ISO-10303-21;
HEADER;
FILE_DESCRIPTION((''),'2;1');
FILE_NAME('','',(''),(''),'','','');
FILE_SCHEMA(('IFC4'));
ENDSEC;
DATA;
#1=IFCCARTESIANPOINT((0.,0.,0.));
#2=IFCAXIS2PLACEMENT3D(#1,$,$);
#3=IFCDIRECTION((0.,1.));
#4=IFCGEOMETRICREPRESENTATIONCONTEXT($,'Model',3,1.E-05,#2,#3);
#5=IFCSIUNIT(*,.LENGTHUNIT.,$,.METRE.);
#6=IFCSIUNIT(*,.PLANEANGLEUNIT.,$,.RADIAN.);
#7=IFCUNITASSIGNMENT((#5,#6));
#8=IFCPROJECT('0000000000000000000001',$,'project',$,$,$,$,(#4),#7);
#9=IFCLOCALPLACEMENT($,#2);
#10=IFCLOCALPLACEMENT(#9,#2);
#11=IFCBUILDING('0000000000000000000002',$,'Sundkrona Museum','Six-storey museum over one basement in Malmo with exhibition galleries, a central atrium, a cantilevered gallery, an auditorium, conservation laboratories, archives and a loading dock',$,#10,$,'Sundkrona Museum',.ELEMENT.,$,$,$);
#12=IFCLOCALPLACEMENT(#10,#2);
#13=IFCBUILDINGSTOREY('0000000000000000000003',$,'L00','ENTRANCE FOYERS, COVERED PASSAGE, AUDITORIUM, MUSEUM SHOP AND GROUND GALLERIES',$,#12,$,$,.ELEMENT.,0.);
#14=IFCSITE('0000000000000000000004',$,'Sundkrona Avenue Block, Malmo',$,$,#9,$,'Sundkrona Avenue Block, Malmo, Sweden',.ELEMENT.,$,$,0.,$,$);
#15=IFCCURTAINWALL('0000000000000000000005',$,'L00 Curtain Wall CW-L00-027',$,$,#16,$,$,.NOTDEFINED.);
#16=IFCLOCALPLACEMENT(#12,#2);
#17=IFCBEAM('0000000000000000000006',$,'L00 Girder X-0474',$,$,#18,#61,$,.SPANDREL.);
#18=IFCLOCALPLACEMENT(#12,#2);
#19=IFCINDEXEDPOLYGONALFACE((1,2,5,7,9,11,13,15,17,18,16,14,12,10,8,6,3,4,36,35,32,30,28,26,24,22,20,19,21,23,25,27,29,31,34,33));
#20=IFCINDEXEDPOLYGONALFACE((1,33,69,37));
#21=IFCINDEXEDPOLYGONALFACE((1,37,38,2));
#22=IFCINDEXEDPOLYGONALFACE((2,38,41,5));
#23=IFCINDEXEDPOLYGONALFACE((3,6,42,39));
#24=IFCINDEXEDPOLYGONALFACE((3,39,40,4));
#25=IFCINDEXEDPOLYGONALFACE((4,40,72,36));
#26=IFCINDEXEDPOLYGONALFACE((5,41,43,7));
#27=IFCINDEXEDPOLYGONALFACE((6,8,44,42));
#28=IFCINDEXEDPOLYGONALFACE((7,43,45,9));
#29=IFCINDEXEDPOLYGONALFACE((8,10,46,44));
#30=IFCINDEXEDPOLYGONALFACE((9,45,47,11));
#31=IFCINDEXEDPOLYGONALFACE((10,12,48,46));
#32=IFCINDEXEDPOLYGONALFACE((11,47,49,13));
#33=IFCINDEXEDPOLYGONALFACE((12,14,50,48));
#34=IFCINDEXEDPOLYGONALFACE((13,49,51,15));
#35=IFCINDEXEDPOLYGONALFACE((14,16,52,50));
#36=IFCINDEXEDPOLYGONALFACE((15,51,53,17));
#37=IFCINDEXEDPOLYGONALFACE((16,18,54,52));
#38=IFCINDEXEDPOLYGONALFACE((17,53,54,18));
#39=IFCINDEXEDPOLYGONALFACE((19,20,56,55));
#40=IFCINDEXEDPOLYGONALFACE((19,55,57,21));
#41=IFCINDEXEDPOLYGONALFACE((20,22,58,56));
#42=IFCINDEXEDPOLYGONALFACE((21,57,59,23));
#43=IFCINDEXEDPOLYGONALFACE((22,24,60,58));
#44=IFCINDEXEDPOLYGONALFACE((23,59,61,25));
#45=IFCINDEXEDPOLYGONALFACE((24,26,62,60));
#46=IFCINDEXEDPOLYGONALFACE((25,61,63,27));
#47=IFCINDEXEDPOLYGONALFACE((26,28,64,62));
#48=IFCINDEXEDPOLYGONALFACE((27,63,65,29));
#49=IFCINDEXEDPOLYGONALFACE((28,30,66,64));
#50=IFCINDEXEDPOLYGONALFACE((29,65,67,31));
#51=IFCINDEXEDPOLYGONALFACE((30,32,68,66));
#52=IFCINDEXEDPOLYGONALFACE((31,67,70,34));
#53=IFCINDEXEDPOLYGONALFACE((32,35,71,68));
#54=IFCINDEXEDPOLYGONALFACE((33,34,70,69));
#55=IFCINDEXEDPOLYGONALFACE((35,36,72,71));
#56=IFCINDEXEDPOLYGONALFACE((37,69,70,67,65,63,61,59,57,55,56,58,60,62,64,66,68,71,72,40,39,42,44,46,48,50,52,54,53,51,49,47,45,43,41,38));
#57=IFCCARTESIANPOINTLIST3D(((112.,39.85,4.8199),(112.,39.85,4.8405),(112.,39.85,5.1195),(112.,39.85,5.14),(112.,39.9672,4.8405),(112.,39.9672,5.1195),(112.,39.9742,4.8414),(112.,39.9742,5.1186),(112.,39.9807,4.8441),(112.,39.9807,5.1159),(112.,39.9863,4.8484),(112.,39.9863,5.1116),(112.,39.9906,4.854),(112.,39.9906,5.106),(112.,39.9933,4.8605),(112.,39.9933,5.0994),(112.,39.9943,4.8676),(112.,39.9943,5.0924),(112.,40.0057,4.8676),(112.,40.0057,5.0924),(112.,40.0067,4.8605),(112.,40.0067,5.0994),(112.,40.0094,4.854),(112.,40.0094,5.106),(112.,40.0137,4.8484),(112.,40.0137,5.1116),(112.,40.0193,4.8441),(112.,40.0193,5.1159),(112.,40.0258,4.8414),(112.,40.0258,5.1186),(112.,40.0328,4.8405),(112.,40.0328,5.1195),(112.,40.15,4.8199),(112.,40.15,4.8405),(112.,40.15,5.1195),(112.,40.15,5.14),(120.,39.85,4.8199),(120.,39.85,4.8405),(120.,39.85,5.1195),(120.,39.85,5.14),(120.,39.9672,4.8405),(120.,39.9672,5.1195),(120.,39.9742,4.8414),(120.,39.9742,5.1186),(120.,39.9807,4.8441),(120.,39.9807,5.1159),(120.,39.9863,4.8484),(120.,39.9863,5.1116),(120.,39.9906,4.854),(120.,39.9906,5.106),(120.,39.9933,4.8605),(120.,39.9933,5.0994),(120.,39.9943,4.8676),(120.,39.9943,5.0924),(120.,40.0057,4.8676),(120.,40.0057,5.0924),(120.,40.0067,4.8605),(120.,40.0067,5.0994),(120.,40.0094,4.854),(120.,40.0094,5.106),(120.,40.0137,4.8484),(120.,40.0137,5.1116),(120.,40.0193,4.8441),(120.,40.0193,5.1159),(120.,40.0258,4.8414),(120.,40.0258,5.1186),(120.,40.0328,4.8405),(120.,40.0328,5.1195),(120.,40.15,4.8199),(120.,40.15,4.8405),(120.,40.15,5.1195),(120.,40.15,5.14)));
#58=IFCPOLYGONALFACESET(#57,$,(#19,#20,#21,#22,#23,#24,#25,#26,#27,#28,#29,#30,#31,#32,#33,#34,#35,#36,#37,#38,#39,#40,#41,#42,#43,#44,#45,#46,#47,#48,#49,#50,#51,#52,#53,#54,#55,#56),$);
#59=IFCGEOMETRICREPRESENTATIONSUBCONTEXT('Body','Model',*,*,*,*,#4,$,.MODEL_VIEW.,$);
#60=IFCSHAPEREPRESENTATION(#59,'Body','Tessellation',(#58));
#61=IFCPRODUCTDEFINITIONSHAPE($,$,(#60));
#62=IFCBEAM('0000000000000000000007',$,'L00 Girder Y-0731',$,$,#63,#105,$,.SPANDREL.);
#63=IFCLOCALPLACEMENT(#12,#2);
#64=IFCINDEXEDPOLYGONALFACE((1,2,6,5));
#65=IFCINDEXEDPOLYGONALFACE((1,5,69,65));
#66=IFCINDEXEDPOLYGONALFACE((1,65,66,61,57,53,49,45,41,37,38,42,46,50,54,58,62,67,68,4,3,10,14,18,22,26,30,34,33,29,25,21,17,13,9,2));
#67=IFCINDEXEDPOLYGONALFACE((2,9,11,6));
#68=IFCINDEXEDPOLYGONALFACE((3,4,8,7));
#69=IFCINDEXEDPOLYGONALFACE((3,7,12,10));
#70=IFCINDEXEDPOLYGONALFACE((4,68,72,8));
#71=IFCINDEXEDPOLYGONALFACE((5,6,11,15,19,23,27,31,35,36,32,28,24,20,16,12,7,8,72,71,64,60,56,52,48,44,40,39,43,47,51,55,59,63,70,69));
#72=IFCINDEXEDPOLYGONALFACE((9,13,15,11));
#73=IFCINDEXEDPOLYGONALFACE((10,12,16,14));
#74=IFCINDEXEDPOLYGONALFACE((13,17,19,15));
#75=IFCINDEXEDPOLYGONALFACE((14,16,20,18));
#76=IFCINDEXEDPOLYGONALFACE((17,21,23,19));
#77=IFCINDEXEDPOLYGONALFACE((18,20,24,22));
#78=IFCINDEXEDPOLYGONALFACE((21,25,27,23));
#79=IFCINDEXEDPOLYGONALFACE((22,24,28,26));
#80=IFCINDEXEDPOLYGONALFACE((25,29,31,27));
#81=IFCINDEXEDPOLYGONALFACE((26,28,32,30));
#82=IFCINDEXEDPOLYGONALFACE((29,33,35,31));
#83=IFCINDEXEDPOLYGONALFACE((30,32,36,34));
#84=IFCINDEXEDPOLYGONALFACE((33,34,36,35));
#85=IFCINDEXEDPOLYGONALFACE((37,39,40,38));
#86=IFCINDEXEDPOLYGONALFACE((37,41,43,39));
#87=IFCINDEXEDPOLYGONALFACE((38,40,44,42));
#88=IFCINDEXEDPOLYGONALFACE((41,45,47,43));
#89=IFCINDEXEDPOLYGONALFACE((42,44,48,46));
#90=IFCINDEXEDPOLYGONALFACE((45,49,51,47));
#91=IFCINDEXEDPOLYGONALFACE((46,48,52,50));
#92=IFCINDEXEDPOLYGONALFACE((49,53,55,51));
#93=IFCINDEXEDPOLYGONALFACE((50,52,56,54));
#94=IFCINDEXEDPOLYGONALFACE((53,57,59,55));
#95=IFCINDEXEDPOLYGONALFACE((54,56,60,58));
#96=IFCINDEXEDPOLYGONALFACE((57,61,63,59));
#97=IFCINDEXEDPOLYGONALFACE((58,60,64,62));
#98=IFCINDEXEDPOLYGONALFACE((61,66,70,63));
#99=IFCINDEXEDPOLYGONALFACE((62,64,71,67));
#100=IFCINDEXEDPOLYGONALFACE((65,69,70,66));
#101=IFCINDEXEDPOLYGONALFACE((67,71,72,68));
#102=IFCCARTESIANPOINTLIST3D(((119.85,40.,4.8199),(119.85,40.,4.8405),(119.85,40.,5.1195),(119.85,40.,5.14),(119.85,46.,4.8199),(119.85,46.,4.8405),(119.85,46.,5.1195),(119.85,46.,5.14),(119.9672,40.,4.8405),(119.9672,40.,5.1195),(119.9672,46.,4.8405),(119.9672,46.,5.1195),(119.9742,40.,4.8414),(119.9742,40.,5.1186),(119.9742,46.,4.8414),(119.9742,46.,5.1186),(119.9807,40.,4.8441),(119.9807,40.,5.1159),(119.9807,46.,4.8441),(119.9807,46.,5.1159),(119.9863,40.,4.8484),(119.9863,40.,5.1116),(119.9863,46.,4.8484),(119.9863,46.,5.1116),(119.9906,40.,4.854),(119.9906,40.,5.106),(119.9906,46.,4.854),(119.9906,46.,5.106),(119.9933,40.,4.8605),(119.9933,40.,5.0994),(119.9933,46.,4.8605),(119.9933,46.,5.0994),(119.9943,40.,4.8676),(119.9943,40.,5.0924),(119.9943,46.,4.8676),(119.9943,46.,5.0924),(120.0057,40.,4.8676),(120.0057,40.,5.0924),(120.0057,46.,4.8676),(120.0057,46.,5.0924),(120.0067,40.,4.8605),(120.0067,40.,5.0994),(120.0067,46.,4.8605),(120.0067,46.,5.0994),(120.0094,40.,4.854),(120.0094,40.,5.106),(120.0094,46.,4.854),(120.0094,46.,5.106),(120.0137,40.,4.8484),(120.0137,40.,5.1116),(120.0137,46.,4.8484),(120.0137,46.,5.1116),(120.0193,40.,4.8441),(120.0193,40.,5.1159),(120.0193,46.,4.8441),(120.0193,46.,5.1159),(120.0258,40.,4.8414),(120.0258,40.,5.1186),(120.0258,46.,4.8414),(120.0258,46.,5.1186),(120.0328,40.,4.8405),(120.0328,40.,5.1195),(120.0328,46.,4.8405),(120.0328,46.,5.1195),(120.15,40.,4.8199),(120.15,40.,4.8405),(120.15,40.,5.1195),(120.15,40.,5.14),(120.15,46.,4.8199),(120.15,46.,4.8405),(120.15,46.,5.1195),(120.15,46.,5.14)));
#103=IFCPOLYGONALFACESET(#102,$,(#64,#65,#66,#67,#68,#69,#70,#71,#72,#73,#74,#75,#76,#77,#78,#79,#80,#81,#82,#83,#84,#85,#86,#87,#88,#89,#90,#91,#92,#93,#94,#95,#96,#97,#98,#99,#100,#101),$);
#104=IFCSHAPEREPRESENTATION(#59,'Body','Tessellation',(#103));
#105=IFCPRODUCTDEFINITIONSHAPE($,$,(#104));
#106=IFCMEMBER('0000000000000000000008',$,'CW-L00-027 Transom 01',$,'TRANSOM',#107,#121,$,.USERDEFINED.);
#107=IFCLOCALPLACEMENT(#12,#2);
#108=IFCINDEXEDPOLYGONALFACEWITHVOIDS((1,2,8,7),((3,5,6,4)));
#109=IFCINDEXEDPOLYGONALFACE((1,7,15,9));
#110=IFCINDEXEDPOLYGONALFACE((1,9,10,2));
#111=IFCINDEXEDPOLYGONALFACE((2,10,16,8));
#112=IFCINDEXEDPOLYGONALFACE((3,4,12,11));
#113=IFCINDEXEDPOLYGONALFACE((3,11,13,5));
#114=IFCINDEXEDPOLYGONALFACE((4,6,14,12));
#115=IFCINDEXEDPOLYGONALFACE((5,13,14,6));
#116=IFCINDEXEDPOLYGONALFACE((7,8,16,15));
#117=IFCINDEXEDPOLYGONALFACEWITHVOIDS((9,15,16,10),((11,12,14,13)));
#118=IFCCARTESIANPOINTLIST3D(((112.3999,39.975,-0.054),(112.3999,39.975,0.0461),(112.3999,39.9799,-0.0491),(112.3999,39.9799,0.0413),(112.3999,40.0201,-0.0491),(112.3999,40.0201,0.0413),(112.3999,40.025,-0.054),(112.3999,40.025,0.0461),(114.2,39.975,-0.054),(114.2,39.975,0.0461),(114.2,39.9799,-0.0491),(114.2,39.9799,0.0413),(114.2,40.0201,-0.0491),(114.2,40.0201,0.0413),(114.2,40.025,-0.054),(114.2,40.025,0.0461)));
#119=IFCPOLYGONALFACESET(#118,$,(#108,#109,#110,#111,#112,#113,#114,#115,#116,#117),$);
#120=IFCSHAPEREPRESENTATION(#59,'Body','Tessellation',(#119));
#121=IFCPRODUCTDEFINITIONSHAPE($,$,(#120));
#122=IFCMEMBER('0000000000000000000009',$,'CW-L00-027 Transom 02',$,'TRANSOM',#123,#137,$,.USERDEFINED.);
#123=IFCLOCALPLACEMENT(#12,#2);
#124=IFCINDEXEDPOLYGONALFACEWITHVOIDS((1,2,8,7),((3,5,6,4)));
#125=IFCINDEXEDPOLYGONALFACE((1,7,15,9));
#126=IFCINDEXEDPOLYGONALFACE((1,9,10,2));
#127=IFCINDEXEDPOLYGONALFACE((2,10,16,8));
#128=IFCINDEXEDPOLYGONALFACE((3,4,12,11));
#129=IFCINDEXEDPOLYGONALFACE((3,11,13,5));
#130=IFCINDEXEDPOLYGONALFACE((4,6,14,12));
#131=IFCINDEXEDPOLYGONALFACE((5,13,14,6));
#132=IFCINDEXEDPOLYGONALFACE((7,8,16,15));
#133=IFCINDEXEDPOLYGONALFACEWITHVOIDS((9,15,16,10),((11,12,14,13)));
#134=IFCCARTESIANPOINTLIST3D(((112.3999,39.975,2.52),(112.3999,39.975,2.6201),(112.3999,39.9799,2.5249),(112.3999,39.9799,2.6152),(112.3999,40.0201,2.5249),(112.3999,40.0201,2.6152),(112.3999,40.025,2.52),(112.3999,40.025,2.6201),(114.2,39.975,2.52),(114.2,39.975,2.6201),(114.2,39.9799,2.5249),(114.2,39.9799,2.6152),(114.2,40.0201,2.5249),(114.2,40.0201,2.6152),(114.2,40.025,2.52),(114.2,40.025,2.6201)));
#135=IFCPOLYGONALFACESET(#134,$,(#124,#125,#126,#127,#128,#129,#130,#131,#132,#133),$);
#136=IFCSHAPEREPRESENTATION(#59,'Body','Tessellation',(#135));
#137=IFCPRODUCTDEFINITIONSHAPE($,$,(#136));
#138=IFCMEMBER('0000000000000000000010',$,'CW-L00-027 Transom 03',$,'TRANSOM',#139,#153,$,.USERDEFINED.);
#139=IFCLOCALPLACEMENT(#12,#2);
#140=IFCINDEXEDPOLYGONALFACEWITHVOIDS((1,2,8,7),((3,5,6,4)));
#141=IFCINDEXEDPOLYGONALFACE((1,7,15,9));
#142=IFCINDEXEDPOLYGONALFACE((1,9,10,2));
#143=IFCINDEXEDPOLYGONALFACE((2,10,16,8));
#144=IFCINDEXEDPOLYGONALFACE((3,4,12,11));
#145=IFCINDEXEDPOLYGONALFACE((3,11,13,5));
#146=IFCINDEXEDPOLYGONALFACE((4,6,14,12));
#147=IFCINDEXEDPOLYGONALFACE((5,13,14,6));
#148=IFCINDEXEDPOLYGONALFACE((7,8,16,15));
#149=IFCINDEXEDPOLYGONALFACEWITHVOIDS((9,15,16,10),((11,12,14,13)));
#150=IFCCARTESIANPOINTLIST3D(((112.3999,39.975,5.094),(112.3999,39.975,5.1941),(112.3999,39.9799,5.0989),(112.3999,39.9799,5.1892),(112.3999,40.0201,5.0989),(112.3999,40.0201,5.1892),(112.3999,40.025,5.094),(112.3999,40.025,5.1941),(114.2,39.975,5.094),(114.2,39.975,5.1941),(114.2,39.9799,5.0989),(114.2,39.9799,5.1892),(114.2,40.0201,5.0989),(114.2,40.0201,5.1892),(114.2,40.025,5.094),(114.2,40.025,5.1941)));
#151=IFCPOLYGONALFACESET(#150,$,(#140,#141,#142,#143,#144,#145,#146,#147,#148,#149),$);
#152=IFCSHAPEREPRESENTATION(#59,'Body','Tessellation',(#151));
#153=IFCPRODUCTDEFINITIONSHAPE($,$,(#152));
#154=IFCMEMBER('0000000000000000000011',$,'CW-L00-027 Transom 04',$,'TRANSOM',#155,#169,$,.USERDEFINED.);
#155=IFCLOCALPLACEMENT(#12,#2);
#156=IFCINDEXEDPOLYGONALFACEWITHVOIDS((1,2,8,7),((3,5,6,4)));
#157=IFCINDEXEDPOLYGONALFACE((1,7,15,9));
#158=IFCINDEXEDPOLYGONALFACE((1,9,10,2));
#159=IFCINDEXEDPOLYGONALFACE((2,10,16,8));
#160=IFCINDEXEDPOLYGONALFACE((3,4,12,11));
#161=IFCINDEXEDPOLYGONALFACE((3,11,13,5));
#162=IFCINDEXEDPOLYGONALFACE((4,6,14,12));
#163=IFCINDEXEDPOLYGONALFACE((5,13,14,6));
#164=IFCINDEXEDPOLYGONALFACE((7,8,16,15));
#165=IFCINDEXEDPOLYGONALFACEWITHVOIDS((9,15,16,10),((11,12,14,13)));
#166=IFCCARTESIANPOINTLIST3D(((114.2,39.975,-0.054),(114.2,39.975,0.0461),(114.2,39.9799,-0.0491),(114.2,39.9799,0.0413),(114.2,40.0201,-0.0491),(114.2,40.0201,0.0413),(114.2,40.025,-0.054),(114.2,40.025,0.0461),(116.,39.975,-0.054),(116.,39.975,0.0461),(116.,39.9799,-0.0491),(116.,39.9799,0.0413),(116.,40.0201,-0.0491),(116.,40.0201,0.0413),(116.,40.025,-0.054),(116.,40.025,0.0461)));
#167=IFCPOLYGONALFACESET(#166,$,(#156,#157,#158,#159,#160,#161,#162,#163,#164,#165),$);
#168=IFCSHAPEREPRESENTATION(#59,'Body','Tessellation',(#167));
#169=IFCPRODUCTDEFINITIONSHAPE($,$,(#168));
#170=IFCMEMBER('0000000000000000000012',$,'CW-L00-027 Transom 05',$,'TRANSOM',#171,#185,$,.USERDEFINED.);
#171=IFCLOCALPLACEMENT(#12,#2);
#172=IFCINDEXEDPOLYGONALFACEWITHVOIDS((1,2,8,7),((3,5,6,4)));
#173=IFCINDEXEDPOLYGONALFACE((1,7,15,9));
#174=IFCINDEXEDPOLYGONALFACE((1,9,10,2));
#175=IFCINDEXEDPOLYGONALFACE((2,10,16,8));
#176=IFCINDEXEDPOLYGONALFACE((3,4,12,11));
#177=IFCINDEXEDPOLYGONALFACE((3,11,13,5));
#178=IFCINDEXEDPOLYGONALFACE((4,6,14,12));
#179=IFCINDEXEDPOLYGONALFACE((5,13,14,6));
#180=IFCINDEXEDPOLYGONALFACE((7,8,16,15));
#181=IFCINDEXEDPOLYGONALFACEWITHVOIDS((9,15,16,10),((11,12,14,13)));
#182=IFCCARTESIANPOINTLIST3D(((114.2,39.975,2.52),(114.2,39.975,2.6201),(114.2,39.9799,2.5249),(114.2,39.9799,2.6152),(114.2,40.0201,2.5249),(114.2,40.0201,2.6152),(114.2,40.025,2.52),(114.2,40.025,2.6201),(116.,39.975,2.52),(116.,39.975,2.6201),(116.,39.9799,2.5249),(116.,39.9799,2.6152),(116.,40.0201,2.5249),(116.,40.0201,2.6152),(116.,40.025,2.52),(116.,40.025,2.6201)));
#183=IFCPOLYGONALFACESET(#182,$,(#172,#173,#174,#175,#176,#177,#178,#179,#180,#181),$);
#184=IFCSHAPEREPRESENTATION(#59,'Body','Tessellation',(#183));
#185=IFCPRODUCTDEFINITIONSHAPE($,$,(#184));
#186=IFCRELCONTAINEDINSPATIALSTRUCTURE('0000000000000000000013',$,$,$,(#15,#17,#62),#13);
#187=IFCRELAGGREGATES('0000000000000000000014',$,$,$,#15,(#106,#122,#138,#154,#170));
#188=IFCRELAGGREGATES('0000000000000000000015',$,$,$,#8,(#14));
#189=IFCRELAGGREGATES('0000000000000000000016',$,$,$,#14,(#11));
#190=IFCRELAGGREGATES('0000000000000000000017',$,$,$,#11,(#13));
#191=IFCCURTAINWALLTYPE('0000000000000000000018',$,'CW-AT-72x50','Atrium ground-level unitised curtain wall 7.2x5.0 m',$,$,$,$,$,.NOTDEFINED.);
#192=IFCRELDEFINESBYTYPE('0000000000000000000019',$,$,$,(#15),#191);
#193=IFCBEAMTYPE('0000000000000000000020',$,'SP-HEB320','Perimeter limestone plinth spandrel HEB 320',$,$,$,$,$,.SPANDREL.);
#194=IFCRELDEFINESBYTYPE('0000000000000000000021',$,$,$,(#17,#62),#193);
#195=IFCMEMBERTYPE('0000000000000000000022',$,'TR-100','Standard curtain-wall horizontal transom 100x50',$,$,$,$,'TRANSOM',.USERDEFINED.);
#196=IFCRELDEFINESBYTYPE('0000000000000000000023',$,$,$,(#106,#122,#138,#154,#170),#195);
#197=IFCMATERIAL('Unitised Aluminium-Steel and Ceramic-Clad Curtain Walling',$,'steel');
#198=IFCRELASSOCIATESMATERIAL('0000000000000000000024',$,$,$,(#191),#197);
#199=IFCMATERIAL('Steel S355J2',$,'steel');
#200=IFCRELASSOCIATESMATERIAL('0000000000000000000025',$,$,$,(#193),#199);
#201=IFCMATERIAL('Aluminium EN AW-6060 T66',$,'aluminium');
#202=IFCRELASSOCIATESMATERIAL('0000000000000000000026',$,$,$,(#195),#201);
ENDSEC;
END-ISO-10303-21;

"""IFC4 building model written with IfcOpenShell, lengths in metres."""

from ifc_helpers import new_model, si_unit, direction, frame, origin, origin_2d, place, context, subcontext, project, spatial, hollow_rectangle, i_section, extrude, material, material_profile, profile_set, type_object, element, aggregate, save


model = new_model("IFC4")

# Units and contexts
model_context = context("Model", 3, precision=1e-05, world=origin(), true_north=direction((0.0, 1.0)))
body_context = subcontext(model_context, "Body", "Model", "MODEL_VIEW")
ifc_project = project(units=[si_unit("LENGTHUNIT", "METRE"), si_unit("PLANEANGLEUNIT", "RADIAN")], contexts=[model_context])

# Site, building, storey
site_placement = place(None, origin())
site = spatial("IfcSite", under=ifc_project, at=site_placement, Name="Sundkrona Avenue Block, Malmo", LongName="Sundkrona Avenue Block, Malmo, Sweden", CompositionType="ELEMENT", RefElevation=0.0)
building_placement = place(site_placement, origin())
building = spatial("IfcBuilding", under=site, at=building_placement, Name="Sundkrona Museum", Description="Six-storey museum over one basement in Malmo with exhibition galleries, a central atrium, a cantilevered gallery, an auditorium, conservation laboratories, archives and a loading dock", LongName="Sundkrona Museum", CompositionType="ELEMENT")
storey_placement = place(building_placement, origin())
storey = spatial("IfcBuildingStorey", under=building, at=storey_placement, Name="L00", Description="ENTRANCE FOYERS, COVERED PASSAGE, AUDITORIUM, MUSEUM SHOP AND GROUND GALLERIES", CompositionType="ELEMENT", Elevation=0.0)

# Shared definitions
ifc_material_1 = material(Name="Steel S355J2", Category="steel")

# Shared definitions
ifc_material_2 = material(Name="Unitised Aluminium-Steel and Ceramic-Clad Curtain Walling", Category="steel")
curtain_wall_type = type_object("IfcCurtainWallType", Name="CW-AT-72x50", Description="Atrium ground-level unitised curtain wall 7.2x5.0 m", PredefinedType="NOTDEFINED", material=ifc_material_2)
ifc_material_3 = material(Name="Aluminium EN AW-6060 T66", Category="aluminium")

# Curtain wall
curtain_wall_1_placement = place(storey_placement, origin())
curtain_wall_1 = element("IfcCurtainWall", 1, at=curtain_wall_1_placement, inside=storey, type_object=curtain_wall_type, Name="L00 Curtain Wall CW-L00-027", PredefinedType="NOTDEFINED")

# Beams
ifc_material_profile_1 = material_profile(ifc_material_1, i_section(OverallWidth=0.3, OverallDepth=0.3201, WebThickness=0.0115, FlangeThickness=0.0205, FilletRadius=0.0271, at=origin_2d()), Name="HEB 320")
ifc_profile_set_1 = profile_set([ifc_material_profile_1], Name="Steel S355J2")
beam_type_1 = type_object("IfcBeamType", Name="SP-HEB320", Description="Perimeter limestone plinth spandrel HEB 320", PredefinedType="SPANDREL", material=ifc_profile_set_1)
beam_1_placement = place(storey_placement, frame((112.0, 40.0, 4.98), z_axis=(1.0, 0.0, 0.0), x_axis=(0.0, 1.0, 0.0)))
element("IfcBeam", 2, at=beam_1_placement, inside=storey, type_object=beam_type_1, Name="L00 Girder X-0474", PredefinedType="SPANDREL", context=body_context, shape_type="SweptSolid", body=[
    extrude(i_section(OverallWidth=0.3, OverallDepth=0.3201, WebThickness=0.0115, FlangeThickness=0.0205, FilletRadius=0.0271, at=origin_2d()), origin(), (0.0, 0.0, 1.0), 8.0),
])
beam_2_placement = place(storey_placement, frame((120.0, 40.0, 4.98), z_axis=(0.0, 1.0, 0.0), x_axis=(-1.0, 0.0, 0.0)))
element("IfcBeam", 3, at=beam_2_placement, inside=storey, type_object=beam_type_1, Name="L00 Girder Y-0731", PredefinedType="SPANDREL", context=body_context, shape_type="SweptSolid", body=[
    extrude(i_section(OverallWidth=0.3, OverallDepth=0.3201, WebThickness=0.0115, FlangeThickness=0.0205, FilletRadius=0.0271, at=origin_2d()), origin(), (0.0, 0.0, 1.0), 6.0),
])

# Members
ifc_material_profile_2 = material_profile(ifc_material_3, hollow_rectangle(XDim=0.05, YDim=0.1001, WallThickness=0.0049, at=origin_2d()), Name="RHS 100x50x5.0")
ifc_profile_set_2 = profile_set([ifc_material_profile_2], Name="Aluminium EN AW-6060 T66")
member_type_1 = type_object("IfcMemberType", Name="TR-100", Description="Standard curtain-wall horizontal transom 100x50", ElementType="TRANSOM", PredefinedType="USERDEFINED", material=ifc_profile_set_2)
member_1_placement = place(storey_placement, frame((112.3999, 40.0, -0.0039), z_axis=(1.0, 0.0, 0.0), x_axis=(0.0, 1.0, 0.0)))
member_1 = element("IfcMember", 4, at=member_1_placement, type_object=member_type_1, Name="CW-L00-027 Transom 01", ObjectType="TRANSOM", PredefinedType="USERDEFINED", context=body_context, shape_type="SweptSolid", body=[
    extrude(hollow_rectangle(XDim=0.05, YDim=0.1001, WallThickness=0.0049, at=origin_2d()), origin(), (0.0, 0.0, 1.0), 1.8),
])
member_2_placement = place(storey_placement, frame((112.3999, 40.0, 2.5701), z_axis=(1.0, 0.0, 0.0), x_axis=(0.0, 1.0, 0.0)))
member_2 = element("IfcMember", 5, at=member_2_placement, type_object=member_type_1, Name="CW-L00-027 Transom 02", ObjectType="TRANSOM", PredefinedType="USERDEFINED", context=body_context, shape_type="SweptSolid", body=[
    extrude(hollow_rectangle(XDim=0.05, YDim=0.1001, WallThickness=0.0049, at=origin_2d()), origin(), (0.0, 0.0, 1.0), 1.8),
])
member_3_placement = place(storey_placement, frame((112.3999, 40.0, 5.144), z_axis=(1.0, 0.0, 0.0), x_axis=(0.0, 1.0, 0.0)))
member_3 = element("IfcMember", 6, at=member_3_placement, type_object=member_type_1, Name="CW-L00-027 Transom 03", ObjectType="TRANSOM", PredefinedType="USERDEFINED", context=body_context, shape_type="SweptSolid", body=[
    extrude(hollow_rectangle(XDim=0.05, YDim=0.1001, WallThickness=0.0049, at=origin_2d()), origin(), (0.0, 0.0, 1.0), 1.8),
])
member_4_placement = place(storey_placement, frame((114.2, 40.0, -0.0039), z_axis=(1.0, 0.0, 0.0), x_axis=(0.0, 1.0, 0.0)))
member_4 = element("IfcMember", 7, at=member_4_placement, type_object=member_type_1, Name="CW-L00-027 Transom 04", ObjectType="TRANSOM", PredefinedType="USERDEFINED", context=body_context, shape_type="SweptSolid", body=[
    extrude(hollow_rectangle(XDim=0.05, YDim=0.1001, WallThickness=0.0049, at=origin_2d()), origin(), (0.0, 0.0, 1.0), 1.8),
])
member_5_placement = place(storey_placement, frame((114.2, 40.0, 2.5701), z_axis=(1.0, 0.0, 0.0), x_axis=(0.0, 1.0, 0.0)))
member_5 = element("IfcMember", 8, at=member_5_placement, type_object=member_type_1, Name="CW-L00-027 Transom 05", ObjectType="TRANSOM", PredefinedType="USERDEFINED", context=body_context, shape_type="SweptSolid", body=[
    extrude(hollow_rectangle(XDim=0.05, YDim=0.1001, WallThickness=0.0049, at=origin_2d()), origin(), (0.0, 0.0, 1.0), 1.8),
])

aggregate(curtain_wall_1, [member_1, member_2, member_3, member_4, member_5])

save(model, "model.ifc")
